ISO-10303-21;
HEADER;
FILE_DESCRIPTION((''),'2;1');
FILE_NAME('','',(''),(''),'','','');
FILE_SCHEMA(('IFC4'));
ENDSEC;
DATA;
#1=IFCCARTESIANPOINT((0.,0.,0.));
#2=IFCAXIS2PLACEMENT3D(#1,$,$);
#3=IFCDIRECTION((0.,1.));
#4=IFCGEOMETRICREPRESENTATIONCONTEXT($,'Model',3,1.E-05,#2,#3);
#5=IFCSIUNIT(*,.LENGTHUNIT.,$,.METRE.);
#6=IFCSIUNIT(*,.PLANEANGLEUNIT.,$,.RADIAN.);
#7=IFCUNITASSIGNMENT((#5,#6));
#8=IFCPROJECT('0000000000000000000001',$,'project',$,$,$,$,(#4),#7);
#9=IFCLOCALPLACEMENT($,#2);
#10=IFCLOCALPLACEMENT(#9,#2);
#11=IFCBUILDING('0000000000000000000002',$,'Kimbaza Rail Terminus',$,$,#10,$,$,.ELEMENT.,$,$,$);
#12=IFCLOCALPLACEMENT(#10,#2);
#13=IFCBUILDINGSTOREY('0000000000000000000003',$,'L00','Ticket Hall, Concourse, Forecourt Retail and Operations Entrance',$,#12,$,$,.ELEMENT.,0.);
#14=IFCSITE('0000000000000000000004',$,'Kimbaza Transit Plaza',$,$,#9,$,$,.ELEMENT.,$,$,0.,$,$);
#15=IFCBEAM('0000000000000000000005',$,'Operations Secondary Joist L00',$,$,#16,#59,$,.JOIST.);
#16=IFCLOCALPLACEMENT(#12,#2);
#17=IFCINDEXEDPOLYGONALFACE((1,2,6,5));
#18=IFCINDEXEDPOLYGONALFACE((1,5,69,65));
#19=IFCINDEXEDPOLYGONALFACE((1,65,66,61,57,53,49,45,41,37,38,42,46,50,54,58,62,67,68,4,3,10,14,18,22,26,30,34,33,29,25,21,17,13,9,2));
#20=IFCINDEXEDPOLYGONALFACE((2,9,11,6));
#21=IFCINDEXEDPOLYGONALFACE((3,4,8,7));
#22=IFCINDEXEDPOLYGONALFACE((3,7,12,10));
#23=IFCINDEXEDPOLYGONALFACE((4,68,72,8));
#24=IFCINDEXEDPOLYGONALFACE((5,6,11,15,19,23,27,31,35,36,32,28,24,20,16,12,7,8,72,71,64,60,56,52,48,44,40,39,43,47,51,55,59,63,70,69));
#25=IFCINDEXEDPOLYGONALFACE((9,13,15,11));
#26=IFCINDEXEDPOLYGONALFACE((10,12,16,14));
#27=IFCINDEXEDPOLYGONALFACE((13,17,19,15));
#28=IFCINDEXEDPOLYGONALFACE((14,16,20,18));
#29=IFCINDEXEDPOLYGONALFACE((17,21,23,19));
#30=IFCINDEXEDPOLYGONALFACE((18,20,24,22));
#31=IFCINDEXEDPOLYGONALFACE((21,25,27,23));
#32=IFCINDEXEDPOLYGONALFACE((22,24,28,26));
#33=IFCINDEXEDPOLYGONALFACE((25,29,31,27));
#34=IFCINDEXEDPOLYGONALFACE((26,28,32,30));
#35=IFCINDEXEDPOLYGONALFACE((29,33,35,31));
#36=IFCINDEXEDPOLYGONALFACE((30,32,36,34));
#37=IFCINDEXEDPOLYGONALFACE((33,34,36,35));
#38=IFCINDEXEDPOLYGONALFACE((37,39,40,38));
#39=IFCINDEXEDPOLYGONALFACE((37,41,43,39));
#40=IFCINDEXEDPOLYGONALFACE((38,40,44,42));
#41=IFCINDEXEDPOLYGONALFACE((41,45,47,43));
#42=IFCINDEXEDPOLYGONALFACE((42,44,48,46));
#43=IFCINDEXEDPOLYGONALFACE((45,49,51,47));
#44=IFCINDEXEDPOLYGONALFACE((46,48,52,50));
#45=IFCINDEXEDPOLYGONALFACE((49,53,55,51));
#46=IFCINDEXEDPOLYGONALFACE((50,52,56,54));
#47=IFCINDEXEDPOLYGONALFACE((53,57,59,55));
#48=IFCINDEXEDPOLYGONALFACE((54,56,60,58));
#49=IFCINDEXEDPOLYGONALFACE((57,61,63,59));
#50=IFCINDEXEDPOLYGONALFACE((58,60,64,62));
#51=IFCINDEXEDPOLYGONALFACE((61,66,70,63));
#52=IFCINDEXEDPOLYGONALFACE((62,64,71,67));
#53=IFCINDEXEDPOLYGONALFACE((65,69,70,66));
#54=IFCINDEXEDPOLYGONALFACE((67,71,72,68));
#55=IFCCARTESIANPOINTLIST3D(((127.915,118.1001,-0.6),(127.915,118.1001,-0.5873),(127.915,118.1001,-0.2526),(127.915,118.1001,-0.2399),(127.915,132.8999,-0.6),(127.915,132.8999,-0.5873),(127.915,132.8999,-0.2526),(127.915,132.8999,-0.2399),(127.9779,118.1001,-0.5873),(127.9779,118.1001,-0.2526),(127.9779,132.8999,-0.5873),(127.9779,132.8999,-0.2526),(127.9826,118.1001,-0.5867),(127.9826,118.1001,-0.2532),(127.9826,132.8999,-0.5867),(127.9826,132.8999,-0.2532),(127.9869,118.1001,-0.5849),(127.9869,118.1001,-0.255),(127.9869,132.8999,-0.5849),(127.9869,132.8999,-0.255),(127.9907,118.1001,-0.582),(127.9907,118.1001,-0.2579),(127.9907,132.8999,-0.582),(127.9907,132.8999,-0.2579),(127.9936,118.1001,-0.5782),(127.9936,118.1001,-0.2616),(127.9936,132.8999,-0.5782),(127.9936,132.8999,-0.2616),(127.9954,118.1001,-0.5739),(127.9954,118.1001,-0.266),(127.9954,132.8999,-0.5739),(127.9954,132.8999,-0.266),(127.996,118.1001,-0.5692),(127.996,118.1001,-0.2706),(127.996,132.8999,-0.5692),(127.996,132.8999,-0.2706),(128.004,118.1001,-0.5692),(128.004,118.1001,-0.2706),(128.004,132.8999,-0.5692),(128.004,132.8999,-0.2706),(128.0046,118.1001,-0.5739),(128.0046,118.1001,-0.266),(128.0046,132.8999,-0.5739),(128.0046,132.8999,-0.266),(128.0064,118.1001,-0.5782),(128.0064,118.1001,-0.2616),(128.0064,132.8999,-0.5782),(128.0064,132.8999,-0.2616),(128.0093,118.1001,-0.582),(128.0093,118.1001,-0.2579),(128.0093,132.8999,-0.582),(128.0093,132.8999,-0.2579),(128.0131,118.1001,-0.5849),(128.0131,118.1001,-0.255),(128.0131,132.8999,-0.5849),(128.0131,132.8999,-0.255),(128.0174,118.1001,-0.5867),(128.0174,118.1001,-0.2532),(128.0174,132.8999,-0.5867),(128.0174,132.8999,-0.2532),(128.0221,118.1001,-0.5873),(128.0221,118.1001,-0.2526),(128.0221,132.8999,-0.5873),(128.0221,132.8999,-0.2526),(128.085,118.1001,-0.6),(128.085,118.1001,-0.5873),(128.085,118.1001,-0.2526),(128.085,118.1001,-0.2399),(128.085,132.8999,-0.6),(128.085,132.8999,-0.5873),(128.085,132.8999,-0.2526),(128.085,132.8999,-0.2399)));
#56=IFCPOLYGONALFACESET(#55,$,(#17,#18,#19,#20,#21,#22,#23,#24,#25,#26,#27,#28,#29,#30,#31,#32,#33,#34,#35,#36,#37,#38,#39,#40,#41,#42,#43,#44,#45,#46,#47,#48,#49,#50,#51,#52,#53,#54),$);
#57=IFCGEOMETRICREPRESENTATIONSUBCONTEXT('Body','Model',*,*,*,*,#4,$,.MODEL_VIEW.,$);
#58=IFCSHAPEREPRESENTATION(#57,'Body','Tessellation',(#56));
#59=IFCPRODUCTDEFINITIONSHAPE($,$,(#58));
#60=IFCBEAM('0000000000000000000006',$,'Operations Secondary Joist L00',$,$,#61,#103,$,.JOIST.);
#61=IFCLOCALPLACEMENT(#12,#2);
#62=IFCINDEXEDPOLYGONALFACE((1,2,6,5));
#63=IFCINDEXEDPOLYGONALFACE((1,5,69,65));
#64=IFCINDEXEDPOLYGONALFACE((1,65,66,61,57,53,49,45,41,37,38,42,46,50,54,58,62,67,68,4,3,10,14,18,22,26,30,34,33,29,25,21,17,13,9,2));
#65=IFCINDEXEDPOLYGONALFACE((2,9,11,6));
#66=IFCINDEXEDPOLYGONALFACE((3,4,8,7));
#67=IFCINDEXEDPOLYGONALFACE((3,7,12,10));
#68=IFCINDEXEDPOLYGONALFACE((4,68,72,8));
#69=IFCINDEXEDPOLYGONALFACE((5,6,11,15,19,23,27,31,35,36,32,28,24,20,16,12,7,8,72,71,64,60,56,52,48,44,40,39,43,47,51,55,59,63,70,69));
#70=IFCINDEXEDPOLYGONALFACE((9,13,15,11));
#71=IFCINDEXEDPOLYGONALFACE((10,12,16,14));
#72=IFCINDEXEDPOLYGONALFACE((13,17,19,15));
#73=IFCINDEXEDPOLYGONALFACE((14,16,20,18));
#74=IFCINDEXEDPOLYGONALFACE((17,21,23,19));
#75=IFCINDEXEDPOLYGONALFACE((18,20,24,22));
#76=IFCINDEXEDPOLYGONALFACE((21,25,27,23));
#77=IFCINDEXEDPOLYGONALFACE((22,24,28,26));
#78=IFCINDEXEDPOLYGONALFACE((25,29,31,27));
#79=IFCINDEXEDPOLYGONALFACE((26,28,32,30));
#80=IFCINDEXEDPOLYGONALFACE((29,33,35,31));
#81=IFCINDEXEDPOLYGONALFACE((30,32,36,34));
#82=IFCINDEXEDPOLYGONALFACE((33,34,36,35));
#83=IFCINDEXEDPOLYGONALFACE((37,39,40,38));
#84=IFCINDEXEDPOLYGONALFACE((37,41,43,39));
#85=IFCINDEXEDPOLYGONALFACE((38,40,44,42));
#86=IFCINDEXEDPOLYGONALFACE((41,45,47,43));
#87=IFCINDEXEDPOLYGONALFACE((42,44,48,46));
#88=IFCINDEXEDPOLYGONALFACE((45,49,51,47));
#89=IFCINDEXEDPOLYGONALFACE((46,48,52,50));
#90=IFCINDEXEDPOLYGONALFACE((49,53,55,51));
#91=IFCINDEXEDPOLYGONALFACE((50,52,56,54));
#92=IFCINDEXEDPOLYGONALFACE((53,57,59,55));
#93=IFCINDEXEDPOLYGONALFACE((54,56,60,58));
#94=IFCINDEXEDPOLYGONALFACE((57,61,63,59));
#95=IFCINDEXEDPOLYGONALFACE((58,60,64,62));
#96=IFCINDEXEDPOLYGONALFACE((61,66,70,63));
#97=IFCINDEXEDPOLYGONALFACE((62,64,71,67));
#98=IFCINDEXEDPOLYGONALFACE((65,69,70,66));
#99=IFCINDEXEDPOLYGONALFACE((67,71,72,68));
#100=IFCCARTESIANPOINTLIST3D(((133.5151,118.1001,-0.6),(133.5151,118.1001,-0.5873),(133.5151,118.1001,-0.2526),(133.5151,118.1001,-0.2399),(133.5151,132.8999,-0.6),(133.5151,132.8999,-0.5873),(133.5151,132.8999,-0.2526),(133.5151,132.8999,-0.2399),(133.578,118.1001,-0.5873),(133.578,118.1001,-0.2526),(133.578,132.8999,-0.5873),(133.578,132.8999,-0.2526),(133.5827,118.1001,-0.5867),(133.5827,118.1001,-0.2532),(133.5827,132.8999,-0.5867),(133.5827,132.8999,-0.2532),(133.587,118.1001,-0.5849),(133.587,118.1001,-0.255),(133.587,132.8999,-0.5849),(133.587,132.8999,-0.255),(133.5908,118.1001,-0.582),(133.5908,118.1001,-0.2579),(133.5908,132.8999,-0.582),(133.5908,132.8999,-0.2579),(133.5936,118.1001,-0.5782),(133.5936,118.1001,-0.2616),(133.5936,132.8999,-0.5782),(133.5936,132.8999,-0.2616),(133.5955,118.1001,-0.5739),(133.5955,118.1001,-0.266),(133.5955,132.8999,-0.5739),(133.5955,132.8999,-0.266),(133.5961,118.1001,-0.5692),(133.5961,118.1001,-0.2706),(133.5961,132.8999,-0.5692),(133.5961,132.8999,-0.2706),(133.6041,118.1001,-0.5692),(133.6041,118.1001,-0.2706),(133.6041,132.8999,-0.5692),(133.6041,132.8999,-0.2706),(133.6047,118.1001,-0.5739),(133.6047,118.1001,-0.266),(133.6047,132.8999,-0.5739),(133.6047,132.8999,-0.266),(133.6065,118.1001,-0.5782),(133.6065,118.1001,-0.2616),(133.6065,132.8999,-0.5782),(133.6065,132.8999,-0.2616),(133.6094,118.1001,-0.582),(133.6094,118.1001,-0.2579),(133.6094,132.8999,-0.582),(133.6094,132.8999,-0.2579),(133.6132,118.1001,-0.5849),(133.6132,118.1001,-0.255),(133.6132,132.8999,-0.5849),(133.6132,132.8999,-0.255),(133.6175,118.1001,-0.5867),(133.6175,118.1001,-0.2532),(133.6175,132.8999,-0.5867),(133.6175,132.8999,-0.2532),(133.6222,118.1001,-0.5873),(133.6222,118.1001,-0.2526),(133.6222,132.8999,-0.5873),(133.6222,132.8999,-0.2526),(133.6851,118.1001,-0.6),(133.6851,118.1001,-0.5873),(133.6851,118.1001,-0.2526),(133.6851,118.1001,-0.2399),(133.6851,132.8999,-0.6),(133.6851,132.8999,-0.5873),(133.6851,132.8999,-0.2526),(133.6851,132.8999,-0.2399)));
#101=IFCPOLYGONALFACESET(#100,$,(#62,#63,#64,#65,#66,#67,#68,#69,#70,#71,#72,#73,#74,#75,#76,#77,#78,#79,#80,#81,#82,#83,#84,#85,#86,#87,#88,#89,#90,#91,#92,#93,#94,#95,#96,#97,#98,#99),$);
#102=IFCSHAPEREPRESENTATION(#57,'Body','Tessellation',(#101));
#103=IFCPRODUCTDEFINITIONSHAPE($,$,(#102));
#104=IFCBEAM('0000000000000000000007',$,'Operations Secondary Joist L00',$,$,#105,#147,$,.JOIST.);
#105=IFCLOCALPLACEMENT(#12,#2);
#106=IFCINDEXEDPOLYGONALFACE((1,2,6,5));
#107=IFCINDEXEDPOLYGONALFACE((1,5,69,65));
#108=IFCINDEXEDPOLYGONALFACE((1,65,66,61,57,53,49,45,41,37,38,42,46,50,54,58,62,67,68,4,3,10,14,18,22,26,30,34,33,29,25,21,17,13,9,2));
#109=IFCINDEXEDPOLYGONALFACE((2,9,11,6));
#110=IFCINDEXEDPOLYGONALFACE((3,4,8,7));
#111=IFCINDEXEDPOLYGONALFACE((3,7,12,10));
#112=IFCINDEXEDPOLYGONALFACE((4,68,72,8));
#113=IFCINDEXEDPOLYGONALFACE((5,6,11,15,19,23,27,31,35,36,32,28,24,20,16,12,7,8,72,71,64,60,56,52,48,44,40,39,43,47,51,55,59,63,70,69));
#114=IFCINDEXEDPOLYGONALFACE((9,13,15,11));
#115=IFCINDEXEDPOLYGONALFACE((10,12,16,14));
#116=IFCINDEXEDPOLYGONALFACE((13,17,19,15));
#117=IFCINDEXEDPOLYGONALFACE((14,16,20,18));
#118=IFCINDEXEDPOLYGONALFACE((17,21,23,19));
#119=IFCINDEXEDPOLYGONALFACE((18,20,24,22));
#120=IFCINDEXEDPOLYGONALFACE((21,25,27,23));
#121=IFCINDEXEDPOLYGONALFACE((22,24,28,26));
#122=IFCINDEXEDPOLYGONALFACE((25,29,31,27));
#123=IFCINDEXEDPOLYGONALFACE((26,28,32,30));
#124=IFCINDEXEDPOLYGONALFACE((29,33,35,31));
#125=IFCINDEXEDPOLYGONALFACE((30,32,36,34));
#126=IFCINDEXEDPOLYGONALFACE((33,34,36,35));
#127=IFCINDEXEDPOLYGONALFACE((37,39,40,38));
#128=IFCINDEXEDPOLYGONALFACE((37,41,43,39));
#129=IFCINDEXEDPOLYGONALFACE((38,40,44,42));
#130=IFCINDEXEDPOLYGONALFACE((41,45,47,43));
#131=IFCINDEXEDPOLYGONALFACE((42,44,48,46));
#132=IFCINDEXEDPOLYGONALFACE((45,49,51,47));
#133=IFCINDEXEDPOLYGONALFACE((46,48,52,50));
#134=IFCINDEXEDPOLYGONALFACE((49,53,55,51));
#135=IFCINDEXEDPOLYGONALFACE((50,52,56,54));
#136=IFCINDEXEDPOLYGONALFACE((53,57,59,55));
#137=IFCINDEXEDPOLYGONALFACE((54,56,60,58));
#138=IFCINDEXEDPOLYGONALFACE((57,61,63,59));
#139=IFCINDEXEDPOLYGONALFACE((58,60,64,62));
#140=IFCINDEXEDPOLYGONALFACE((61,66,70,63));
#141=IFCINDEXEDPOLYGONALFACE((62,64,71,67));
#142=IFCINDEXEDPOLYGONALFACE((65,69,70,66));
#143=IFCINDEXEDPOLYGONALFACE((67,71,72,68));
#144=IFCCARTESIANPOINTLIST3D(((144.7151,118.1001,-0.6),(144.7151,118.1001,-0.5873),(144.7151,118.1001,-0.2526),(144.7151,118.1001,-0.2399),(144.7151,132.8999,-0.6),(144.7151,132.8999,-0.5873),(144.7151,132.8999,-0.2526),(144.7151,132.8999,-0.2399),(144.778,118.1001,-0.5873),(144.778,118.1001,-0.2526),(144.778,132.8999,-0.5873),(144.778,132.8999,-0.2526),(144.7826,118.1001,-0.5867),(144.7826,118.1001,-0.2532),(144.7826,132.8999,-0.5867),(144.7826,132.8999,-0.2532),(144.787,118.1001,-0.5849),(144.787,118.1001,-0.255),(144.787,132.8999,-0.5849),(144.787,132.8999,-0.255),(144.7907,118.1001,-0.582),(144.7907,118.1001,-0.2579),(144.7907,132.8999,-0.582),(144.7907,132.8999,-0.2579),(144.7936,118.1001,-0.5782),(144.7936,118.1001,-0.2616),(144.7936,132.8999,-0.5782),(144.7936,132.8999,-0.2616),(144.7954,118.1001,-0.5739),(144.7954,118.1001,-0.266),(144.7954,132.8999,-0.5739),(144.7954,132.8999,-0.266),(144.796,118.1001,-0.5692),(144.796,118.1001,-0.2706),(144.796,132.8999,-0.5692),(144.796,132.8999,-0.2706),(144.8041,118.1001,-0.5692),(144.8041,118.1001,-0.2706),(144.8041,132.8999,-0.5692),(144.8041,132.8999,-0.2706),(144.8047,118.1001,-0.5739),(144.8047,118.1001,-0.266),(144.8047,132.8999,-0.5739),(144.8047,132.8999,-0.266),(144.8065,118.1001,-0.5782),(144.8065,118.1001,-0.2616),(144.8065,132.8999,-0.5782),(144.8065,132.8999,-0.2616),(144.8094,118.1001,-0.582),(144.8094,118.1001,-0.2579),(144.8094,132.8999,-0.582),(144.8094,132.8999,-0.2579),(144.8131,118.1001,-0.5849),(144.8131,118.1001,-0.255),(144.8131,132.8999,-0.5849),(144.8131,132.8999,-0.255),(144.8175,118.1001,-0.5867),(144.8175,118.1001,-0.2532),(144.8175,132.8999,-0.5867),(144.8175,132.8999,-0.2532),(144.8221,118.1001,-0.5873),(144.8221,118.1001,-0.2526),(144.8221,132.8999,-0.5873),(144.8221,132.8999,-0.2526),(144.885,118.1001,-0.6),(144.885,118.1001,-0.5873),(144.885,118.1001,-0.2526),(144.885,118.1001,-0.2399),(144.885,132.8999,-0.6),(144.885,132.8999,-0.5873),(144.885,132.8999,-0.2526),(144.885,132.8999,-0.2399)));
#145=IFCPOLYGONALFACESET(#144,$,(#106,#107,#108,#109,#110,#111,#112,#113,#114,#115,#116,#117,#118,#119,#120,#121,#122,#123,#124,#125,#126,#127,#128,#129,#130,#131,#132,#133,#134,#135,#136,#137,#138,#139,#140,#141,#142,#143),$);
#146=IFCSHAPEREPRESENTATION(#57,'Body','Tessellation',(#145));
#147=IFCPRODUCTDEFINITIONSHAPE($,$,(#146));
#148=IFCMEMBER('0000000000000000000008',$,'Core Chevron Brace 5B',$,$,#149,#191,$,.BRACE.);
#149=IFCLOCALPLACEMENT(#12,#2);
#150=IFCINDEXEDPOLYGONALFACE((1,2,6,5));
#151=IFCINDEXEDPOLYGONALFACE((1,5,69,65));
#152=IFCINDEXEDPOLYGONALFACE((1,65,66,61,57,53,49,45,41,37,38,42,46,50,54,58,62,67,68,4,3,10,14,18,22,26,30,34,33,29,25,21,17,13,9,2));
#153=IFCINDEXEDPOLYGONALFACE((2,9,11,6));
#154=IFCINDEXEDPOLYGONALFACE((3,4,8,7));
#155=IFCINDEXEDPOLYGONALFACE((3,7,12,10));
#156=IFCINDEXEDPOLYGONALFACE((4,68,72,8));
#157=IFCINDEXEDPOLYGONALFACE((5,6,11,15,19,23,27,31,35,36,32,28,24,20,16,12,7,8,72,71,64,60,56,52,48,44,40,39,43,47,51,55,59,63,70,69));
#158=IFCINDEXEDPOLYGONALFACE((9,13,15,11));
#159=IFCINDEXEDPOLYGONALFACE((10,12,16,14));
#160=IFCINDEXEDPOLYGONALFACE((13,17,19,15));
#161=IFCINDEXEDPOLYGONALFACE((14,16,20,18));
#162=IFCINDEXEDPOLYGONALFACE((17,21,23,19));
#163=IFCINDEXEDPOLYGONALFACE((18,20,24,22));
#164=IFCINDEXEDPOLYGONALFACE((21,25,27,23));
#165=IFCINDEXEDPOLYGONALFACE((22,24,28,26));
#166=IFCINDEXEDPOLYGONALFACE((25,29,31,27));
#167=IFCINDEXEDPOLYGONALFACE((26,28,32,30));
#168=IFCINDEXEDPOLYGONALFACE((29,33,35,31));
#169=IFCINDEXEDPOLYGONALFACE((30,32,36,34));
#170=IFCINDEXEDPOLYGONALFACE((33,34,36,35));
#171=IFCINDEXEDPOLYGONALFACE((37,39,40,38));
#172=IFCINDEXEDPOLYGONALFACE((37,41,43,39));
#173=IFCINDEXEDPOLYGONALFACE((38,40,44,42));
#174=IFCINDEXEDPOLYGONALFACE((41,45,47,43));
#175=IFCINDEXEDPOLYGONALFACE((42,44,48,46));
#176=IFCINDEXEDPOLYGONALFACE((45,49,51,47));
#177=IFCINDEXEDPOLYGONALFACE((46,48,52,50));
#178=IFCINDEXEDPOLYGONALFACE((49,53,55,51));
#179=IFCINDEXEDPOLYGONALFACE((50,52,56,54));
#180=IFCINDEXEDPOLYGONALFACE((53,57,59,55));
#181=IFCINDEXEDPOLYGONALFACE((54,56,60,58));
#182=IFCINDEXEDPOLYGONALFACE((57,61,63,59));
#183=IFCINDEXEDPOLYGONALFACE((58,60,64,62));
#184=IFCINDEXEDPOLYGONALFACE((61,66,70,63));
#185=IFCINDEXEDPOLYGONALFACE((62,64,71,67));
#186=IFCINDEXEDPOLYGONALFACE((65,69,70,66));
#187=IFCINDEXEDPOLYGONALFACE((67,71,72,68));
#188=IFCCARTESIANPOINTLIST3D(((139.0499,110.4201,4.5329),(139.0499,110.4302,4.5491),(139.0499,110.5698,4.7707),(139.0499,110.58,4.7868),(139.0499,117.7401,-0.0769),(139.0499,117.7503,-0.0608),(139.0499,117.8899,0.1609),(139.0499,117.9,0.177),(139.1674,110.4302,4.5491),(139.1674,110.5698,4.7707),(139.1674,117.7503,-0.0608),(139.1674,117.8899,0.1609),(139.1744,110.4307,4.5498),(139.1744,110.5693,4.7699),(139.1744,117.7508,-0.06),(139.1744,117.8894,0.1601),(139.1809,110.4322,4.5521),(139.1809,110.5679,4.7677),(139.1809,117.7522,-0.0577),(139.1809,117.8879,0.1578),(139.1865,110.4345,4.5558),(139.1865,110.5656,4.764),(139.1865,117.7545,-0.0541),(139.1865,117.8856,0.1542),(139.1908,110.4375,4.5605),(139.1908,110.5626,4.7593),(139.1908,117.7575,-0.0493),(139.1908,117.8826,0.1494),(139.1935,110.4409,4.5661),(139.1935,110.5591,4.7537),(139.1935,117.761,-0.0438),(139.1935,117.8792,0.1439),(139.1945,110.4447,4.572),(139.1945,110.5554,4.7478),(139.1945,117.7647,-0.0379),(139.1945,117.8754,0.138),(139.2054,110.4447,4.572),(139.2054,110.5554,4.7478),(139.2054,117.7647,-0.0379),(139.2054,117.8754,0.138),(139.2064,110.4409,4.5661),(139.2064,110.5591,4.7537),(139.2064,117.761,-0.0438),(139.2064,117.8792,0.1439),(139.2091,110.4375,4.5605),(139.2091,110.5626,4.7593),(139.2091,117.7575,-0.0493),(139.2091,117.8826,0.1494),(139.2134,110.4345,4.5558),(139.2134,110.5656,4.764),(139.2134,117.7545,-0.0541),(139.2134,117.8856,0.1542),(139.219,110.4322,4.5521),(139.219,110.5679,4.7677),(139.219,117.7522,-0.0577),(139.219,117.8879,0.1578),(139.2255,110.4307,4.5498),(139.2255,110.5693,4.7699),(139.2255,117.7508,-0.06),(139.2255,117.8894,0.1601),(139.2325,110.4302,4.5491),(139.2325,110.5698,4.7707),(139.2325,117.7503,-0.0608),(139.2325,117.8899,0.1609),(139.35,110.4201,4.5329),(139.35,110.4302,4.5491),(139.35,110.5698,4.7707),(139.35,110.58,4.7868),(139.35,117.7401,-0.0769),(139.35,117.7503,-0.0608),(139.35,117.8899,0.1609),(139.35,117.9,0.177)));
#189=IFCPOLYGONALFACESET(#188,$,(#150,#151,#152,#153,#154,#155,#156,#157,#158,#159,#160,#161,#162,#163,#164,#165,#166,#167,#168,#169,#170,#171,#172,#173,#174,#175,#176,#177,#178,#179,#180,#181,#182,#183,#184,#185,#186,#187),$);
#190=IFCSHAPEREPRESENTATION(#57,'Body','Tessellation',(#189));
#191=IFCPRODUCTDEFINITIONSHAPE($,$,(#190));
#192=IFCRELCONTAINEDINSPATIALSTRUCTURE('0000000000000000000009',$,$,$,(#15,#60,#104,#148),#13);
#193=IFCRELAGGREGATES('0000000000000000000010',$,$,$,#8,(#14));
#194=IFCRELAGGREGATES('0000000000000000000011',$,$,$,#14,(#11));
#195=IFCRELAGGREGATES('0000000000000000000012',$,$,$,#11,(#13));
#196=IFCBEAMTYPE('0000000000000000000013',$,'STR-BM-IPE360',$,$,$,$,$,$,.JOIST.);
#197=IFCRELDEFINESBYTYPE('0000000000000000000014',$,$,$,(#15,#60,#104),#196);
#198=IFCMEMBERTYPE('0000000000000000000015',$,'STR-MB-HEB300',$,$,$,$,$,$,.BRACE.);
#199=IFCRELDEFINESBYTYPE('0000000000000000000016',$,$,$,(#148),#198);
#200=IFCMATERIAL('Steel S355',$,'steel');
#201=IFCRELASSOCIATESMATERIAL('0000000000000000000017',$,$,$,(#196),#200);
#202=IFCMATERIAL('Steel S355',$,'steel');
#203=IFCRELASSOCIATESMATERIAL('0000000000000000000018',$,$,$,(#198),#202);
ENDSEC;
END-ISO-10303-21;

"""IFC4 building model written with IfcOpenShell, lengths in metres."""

from ifc_helpers import new_model, si_unit, direction, frame, origin, origin_2d, place, context, subcontext, project, spatial, i_section, extrude, material, material_profile, profile_set, type_object, element, save


model = new_model("IFC4")

# Units and contexts
model_context = context("Model", 3, precision=1e-05, world=origin(), true_north=direction((0.0, 1.0)))
body_context = subcontext(model_context, "Body", "Model", "MODEL_VIEW")
ifc_project = project(units=[si_unit("LENGTHUNIT", "METRE"), si_unit("PLANEANGLEUNIT", "RADIAN")], contexts=[model_context])

# Site, building, storey
site_placement = place(None, origin())
site = spatial("IfcSite", under=ifc_project, at=site_placement, Name="Kimbaza Transit Plaza", CompositionType="ELEMENT", RefElevation=0.0)
building_placement = place(site_placement, origin())
building = spatial("IfcBuilding", under=site, at=building_placement, Name="Kimbaza Rail Terminus", CompositionType="ELEMENT")
storey_placement = place(building_placement, origin())
storey = spatial("IfcBuildingStorey", under=building, at=storey_placement, Name="L00", Description="Ticket Hall, Concourse, Forecourt Retail and Operations Entrance", CompositionType="ELEMENT", Elevation=0.0)

# Beams
ifc_material_1 = material(Name="Steel S355", Category="steel")
ifc_material_profile_1 = material_profile(ifc_material_1, i_section(OverallWidth=0.1699, OverallDepth=0.3601, WebThickness=0.0081, FlangeThickness=0.0127, FilletRadius=0.0181, at=origin_2d()), Name="IPE 360")
ifc_profile_set_1 = profile_set([ifc_material_profile_1], Name="Steel S355")
beam_type_1 = type_object("IfcBeamType", Name="STR-BM-IPE360", PredefinedType="JOIST", material=ifc_profile_set_1)
for number, where, z_axis, x_axis, name in (
    (1, (128.0, 118.1001, -0.4199), (0.0, 1.0, 0.0), (-1.0, 0.0, 0.0), "Operations Secondary Joist L00"),
    (2, (133.6001, 118.1001, -0.4199), (0.0, 1.0, 0.0), (-1.0, 0.0, 0.0), "Operations Secondary Joist L00"),
    (3, (144.8, 118.1001, -0.4199), (0.0, 1.0, 0.0), (-1.0, 0.0, 0.0), "Operations Secondary Joist L00"),
):
    element("IfcBeam", number, at=place(storey_placement, frame(where, z_axis=z_axis, x_axis=x_axis)), inside=storey, type_object=beam_type_1, Name=name, PredefinedType="JOIST", context=body_context, shape_type="SweptSolid", body=[
        extrude(i_section(OverallWidth=0.1699, OverallDepth=0.3601, WebThickness=0.0081, FlangeThickness=0.0127, FilletRadius=0.0181, at=origin_2d()), origin(), (0.0, 0.0, 1.0), 14.7998),
    ])

# Member
ifc_material_2 = material(Name="Steel S355", Category="steel")
ifc_material_profile_2 = material_profile(ifc_material_2, i_section(OverallWidth=0.3, OverallDepth=0.3, WebThickness=0.011, FlangeThickness=0.019, FilletRadius=0.0271, at=origin_2d()), Name="HEB 300")
ifc_profile_set_2 = profile_set([ifc_material_profile_2], Name="Steel S355")
member_type_1 = type_object("IfcMemberType", Name="STR-MB-HEB300", PredefinedType="BRACE", material=ifc_profile_set_2)
member_1_placement = place(storey_placement, frame((139.2, 117.8201, 0.05), z_axis=(0.0, -0.846184, 0.53289), x_axis=(1.0, 0.0, 0.0)))
element("IfcMember", 4, at=member_1_placement, inside=storey, type_object=member_type_1, Name="Core Chevron Brace 5B", PredefinedType="BRACE", context=body_context, shape_type="SweptSolid", body=[
    extrude(i_section(OverallWidth=0.3, OverallDepth=0.3, WebThickness=0.011, FlangeThickness=0.019, FilletRadius=0.0271, at=origin_2d()), origin(), (0.0, 0.0, 1.0), 8.6506),
])

save(model, "model.ifc")
